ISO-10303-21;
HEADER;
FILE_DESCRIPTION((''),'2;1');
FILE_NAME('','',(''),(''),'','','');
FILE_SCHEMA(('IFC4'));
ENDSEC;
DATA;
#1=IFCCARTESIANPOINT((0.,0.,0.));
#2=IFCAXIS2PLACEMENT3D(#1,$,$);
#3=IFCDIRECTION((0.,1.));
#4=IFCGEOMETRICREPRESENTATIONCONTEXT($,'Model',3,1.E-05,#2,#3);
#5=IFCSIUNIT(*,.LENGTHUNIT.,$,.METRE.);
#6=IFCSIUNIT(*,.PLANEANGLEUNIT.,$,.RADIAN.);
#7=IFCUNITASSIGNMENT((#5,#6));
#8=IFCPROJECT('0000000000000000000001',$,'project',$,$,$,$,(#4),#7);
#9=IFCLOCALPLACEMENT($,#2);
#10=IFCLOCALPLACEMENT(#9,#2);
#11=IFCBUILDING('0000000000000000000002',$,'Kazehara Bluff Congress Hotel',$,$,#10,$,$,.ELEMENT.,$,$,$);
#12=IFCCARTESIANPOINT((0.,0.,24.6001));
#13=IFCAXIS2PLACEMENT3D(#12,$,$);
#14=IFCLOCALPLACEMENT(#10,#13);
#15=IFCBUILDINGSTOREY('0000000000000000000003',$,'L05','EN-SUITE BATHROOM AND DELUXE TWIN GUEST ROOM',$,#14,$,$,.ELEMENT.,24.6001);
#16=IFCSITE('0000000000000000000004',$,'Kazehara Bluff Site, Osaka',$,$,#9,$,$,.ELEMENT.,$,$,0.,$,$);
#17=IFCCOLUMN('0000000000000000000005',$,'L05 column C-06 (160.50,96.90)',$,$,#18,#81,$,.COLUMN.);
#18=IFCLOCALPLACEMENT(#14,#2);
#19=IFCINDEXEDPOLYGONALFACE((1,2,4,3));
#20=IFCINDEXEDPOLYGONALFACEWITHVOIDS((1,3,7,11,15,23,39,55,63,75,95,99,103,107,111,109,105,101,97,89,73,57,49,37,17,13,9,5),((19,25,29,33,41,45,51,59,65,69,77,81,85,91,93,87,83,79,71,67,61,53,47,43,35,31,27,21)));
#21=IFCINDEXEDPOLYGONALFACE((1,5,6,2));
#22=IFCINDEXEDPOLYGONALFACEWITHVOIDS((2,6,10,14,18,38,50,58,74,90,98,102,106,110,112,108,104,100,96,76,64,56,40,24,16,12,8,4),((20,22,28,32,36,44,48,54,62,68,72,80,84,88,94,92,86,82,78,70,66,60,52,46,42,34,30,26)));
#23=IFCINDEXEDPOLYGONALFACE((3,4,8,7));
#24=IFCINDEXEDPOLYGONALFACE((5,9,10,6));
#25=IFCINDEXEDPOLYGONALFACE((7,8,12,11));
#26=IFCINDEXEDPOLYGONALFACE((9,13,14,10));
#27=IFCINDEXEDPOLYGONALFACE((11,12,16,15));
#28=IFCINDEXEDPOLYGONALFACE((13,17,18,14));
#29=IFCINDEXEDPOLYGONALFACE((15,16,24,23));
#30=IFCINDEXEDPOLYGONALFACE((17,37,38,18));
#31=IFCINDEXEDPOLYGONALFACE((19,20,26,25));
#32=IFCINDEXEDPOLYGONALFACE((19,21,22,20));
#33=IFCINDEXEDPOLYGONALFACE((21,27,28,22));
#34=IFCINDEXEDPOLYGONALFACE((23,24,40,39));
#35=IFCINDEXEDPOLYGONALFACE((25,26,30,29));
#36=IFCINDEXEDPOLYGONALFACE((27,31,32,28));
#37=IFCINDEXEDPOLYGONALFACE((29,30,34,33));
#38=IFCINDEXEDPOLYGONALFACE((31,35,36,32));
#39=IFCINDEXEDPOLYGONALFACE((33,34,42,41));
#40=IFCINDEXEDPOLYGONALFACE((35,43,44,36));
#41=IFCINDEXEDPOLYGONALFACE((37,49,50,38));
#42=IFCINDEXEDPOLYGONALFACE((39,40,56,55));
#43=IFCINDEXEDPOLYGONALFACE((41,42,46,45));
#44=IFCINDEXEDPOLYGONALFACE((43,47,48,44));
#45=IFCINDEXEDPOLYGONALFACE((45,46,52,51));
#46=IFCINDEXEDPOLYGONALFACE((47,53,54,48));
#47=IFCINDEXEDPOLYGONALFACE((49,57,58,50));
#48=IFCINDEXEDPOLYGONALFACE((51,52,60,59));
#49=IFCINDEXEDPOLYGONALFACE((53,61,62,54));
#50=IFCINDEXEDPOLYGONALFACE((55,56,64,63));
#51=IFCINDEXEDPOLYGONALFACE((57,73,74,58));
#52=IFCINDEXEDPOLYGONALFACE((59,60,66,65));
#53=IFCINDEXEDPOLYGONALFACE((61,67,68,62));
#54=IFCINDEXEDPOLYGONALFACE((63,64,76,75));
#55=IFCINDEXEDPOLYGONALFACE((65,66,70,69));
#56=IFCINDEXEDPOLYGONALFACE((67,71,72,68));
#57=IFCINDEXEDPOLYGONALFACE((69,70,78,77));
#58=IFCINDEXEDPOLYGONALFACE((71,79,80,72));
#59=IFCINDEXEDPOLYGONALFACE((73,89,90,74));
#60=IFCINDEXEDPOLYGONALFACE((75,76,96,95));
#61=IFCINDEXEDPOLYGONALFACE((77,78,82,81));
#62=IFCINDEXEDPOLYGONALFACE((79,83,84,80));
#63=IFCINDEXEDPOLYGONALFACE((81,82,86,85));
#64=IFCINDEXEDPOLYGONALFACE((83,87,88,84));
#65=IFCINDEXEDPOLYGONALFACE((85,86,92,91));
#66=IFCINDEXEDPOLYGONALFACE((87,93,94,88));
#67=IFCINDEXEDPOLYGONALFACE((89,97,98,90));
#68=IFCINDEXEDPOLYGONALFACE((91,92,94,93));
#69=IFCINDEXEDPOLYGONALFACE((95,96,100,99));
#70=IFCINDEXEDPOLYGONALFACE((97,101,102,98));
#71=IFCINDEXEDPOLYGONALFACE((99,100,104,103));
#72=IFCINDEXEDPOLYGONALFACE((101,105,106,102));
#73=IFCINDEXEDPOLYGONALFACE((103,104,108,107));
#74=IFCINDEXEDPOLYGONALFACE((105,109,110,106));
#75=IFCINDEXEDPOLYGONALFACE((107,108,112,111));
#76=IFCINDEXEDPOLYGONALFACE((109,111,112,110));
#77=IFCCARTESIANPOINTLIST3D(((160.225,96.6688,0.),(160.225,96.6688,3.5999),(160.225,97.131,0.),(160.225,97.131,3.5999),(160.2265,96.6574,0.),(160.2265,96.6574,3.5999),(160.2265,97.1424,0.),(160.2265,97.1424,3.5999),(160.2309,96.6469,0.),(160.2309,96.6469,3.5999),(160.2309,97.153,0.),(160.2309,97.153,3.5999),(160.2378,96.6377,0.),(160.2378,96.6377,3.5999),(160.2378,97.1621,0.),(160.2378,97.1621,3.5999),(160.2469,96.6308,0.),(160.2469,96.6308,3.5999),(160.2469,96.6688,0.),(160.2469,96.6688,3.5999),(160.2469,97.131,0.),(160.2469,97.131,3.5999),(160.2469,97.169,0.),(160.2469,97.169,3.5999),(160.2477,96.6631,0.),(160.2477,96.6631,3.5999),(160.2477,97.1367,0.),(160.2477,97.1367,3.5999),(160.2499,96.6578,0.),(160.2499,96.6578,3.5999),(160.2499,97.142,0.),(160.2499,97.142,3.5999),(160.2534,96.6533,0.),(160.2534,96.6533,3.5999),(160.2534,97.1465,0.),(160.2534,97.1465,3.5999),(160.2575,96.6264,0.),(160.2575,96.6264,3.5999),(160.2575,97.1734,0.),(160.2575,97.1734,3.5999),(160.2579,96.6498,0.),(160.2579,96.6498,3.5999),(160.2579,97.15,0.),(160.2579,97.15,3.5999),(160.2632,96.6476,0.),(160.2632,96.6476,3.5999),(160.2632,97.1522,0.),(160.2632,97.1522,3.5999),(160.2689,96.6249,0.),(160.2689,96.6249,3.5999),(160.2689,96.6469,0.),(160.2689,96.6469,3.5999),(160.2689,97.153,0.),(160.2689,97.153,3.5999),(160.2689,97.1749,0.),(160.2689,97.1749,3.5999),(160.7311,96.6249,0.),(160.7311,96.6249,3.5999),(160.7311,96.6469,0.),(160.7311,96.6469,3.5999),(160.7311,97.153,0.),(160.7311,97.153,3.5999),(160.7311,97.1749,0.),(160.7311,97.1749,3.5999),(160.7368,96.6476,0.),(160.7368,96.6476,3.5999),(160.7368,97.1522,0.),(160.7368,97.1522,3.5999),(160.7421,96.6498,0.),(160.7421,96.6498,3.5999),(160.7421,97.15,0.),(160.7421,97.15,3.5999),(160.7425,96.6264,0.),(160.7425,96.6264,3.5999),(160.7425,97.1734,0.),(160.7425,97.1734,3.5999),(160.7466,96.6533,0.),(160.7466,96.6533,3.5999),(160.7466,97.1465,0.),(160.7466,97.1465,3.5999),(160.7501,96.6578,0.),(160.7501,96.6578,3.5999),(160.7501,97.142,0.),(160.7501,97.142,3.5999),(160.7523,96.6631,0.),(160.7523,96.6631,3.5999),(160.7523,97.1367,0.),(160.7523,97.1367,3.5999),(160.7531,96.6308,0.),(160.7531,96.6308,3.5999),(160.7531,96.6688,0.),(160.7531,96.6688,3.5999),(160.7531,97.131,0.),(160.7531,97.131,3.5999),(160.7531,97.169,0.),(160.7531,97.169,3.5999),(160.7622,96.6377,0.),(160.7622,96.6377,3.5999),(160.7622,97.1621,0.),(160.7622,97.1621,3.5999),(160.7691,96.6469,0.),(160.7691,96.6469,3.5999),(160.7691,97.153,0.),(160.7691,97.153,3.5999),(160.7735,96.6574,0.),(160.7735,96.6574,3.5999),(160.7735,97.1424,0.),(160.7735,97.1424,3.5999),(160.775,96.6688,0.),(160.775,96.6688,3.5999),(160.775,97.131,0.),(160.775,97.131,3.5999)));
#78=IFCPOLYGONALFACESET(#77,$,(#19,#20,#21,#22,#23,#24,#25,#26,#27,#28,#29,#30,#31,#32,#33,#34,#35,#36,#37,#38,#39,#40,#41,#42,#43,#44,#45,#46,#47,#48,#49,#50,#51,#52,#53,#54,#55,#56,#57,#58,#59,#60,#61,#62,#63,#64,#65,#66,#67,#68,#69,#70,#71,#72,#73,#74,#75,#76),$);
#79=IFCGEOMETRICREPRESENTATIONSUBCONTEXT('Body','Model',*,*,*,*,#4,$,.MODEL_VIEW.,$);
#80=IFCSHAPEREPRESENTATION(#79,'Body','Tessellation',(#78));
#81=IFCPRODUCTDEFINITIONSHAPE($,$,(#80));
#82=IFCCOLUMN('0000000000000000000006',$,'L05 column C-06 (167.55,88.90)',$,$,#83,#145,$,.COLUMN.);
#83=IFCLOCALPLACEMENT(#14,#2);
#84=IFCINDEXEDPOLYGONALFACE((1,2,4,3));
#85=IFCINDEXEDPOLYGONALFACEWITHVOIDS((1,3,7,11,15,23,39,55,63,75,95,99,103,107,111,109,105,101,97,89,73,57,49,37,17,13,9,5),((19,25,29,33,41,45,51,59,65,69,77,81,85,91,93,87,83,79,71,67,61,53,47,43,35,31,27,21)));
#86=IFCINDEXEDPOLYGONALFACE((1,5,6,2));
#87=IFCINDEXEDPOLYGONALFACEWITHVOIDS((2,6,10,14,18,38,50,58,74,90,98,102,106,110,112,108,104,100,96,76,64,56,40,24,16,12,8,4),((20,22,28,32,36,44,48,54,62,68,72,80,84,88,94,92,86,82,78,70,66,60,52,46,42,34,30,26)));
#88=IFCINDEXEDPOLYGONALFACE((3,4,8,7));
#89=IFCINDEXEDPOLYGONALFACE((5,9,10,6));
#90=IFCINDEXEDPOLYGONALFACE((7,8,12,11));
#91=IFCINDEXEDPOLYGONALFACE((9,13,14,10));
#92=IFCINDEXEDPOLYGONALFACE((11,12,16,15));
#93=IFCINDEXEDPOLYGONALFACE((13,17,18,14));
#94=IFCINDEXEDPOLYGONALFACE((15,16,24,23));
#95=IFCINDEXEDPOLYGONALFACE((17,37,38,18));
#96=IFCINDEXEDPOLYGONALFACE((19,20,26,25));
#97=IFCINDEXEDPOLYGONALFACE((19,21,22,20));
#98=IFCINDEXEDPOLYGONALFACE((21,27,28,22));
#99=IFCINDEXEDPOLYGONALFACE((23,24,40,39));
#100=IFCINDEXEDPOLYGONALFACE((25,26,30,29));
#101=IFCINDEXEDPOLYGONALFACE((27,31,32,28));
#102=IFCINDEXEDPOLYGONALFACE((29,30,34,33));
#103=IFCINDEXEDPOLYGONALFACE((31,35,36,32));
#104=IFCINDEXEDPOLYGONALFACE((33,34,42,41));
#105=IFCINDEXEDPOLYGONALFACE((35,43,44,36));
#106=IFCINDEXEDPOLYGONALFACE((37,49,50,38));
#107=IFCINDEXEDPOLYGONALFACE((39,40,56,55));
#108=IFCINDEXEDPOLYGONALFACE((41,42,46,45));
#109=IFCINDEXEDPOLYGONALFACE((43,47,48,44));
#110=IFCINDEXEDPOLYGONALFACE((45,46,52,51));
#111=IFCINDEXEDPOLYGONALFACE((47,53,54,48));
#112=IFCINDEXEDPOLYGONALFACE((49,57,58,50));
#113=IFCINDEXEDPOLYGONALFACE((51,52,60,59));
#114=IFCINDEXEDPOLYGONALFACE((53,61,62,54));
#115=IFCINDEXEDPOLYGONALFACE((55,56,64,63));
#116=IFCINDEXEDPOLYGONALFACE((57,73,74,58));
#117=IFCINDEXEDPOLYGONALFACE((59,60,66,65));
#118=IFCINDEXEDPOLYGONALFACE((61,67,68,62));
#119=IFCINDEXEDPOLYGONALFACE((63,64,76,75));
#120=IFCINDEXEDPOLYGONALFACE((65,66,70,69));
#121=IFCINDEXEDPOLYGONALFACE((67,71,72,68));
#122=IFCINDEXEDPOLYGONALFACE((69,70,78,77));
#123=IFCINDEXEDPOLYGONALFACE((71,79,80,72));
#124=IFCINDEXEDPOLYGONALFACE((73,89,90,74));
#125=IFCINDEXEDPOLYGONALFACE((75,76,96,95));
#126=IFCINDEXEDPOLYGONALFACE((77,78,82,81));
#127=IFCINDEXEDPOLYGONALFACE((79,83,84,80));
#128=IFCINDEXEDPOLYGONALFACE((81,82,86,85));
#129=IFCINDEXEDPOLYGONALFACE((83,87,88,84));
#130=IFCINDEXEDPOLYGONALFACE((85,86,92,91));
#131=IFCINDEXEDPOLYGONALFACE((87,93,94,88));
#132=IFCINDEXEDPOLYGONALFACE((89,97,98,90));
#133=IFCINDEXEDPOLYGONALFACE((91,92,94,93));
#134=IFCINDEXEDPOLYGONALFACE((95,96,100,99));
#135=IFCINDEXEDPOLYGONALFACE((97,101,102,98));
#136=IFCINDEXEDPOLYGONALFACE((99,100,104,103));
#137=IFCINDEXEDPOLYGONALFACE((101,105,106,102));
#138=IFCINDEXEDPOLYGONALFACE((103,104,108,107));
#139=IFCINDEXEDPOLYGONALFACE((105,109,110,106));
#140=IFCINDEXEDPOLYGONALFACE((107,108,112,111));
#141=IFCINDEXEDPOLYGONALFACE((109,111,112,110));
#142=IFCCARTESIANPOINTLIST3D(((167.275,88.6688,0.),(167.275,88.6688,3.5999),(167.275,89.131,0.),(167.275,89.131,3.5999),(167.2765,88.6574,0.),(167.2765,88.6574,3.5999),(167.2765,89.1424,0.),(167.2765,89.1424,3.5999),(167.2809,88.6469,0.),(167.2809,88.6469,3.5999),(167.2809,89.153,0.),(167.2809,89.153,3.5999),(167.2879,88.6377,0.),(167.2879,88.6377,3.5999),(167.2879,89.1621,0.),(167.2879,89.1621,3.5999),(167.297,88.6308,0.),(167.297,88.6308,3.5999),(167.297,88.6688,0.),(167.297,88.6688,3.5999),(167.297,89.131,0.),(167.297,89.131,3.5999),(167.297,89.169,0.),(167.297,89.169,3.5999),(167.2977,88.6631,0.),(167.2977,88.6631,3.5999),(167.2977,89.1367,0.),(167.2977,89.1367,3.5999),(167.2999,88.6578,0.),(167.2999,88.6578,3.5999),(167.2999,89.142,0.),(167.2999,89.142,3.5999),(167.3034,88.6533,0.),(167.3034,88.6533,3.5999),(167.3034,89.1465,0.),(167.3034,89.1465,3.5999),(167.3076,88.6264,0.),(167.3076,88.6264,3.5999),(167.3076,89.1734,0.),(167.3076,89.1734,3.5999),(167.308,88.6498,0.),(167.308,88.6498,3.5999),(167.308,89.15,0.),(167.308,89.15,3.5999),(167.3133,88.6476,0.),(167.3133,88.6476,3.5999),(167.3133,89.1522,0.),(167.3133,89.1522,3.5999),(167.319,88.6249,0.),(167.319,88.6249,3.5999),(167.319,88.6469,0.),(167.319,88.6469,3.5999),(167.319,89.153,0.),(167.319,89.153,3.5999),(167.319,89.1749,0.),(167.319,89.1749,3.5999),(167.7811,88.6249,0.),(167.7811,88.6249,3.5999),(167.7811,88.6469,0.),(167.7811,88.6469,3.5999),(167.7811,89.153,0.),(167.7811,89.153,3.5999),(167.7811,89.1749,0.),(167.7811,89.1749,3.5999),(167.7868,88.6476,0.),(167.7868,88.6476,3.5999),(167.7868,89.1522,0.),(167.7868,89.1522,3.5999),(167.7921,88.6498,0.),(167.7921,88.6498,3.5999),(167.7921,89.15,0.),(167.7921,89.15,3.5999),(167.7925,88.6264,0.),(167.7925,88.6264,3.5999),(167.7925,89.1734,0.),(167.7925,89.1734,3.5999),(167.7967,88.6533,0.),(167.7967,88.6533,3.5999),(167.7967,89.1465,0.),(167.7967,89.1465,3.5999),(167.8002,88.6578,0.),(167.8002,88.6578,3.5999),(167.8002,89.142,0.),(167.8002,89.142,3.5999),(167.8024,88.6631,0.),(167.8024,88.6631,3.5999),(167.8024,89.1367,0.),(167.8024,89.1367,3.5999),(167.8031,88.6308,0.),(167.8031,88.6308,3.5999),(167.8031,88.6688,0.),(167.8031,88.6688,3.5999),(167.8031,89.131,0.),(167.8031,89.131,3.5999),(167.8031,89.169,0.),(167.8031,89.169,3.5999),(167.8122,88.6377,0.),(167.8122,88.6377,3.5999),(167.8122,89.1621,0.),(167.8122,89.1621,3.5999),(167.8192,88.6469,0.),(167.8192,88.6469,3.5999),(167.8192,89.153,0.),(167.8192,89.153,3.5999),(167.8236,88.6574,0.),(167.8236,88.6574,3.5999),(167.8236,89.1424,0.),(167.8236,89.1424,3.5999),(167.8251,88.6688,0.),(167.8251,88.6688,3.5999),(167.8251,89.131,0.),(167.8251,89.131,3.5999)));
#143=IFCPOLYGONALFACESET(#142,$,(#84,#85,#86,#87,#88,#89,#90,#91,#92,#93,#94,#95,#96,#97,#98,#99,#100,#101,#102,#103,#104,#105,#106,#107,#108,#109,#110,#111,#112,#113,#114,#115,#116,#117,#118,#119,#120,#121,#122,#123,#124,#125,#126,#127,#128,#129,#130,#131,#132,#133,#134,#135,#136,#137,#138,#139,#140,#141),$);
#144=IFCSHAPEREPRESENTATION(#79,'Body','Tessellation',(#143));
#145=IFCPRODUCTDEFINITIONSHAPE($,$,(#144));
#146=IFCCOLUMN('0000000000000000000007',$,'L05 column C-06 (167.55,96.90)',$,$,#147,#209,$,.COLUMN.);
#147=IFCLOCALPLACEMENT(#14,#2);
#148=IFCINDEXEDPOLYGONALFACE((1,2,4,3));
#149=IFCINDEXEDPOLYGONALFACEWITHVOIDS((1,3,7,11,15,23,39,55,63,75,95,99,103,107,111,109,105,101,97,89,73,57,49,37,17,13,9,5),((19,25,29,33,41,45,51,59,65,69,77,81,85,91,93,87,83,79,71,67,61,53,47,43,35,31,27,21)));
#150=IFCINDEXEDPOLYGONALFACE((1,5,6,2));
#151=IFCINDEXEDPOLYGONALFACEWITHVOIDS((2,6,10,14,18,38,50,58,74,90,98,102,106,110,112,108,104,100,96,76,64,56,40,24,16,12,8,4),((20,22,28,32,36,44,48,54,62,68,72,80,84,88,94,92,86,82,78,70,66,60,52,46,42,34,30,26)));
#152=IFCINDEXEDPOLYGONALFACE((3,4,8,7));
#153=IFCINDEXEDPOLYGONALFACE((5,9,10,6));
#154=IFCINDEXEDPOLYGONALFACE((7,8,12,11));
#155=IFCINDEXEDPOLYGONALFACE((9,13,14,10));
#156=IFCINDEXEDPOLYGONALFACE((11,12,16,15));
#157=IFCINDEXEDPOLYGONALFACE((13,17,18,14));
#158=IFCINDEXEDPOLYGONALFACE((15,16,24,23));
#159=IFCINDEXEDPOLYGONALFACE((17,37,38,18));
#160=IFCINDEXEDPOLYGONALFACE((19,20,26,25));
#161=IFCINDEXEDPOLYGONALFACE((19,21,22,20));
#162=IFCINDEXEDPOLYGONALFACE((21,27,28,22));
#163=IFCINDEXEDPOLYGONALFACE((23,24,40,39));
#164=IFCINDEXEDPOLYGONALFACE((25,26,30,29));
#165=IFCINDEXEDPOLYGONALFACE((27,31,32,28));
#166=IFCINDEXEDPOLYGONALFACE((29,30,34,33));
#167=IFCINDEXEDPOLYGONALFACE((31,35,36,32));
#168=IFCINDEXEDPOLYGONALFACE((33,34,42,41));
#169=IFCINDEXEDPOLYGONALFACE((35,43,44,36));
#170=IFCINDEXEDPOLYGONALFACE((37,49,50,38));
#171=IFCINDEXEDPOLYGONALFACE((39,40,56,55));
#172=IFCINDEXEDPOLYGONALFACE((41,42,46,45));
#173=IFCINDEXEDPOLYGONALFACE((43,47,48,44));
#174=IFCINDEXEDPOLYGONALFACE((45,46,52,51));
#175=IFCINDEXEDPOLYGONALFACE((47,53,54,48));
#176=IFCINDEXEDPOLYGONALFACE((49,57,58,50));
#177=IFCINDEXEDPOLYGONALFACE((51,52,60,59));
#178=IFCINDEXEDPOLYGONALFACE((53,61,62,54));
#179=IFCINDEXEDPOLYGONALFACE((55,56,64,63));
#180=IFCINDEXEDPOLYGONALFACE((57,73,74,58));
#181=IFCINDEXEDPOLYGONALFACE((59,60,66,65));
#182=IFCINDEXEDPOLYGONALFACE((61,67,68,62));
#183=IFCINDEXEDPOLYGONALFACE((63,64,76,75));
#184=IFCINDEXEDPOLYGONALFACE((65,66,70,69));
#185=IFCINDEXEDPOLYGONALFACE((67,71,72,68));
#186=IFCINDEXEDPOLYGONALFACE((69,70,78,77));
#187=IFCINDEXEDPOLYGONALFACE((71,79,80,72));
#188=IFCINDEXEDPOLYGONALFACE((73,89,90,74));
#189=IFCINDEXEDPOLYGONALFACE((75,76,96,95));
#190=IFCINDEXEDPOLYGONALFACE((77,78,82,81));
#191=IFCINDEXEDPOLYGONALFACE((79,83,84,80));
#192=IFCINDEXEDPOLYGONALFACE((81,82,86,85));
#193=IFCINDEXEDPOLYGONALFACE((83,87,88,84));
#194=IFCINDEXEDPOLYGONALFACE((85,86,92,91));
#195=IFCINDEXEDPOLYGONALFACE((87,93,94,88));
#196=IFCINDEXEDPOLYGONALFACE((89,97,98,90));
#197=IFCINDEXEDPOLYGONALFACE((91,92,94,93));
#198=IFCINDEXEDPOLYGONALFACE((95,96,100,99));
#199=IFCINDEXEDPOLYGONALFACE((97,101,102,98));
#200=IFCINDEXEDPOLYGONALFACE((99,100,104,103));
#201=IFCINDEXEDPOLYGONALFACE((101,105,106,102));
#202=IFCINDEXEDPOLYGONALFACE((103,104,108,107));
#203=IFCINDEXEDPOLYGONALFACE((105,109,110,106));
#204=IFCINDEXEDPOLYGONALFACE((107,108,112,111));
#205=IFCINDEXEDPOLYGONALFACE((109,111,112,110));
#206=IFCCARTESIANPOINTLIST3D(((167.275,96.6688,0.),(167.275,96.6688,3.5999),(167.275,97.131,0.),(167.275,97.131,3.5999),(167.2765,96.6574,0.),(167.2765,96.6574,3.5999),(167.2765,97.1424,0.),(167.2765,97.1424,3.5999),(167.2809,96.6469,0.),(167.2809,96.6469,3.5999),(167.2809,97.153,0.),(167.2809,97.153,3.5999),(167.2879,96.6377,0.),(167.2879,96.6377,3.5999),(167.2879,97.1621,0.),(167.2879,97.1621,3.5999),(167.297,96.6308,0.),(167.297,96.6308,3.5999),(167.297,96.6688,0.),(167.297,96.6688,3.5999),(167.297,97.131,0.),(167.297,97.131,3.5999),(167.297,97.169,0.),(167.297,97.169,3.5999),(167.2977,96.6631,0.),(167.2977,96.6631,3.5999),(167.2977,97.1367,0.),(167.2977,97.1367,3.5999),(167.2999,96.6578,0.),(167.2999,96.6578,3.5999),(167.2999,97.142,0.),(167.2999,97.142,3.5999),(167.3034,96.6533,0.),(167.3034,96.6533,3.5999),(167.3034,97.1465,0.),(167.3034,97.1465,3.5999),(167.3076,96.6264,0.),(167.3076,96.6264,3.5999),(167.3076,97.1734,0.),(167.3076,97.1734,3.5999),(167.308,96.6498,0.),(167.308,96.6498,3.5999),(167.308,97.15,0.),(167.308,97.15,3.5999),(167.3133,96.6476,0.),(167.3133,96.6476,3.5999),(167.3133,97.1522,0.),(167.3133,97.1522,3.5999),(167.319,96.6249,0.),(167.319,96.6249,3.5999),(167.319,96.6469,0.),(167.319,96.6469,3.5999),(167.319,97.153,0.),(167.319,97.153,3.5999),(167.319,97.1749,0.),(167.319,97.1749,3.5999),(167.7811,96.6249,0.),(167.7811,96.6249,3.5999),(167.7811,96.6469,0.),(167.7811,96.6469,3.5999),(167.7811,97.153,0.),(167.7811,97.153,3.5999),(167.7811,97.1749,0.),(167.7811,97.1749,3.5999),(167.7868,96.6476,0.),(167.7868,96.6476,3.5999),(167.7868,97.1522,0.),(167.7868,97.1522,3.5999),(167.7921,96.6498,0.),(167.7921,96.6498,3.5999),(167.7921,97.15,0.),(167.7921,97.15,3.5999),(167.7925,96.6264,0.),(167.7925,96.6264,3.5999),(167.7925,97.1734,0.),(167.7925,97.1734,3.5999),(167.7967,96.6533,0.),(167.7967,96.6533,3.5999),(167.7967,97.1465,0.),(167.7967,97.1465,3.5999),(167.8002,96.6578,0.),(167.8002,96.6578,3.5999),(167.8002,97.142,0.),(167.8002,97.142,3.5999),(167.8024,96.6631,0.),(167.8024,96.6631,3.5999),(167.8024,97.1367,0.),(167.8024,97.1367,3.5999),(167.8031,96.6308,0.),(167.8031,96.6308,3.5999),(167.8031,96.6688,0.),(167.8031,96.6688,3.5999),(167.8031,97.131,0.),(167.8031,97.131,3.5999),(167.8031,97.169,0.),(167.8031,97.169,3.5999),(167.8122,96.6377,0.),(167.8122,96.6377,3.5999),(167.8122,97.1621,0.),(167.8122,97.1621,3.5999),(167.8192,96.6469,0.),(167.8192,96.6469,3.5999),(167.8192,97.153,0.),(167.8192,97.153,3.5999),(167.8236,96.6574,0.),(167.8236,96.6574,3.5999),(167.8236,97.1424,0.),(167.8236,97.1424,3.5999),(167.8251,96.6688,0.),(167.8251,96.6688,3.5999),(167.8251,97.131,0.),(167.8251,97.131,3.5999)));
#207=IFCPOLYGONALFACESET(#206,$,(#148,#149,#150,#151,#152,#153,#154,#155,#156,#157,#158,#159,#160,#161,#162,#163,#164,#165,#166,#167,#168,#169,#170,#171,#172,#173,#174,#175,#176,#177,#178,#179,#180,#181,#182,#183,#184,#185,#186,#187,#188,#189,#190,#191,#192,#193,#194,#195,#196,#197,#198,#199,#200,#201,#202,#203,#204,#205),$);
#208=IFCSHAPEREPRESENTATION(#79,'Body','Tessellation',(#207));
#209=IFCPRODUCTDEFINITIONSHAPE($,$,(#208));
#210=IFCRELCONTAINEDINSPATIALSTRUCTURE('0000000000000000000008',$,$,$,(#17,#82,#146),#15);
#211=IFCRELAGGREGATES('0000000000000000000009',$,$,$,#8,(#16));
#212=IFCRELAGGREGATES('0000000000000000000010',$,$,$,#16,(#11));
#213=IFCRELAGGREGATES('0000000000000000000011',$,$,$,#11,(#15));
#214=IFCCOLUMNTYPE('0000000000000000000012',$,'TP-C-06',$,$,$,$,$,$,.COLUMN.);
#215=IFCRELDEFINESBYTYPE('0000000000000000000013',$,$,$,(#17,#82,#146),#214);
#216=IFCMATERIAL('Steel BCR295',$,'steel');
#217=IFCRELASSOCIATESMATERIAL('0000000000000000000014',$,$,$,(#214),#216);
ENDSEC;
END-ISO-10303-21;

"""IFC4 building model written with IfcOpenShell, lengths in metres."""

from ifc_helpers import new_model, si_unit, direction, frame, origin, origin_2d, place, context, subcontext, project, spatial, hollow_rectangle, extrude, material, material_profile, profile_set, type_object, element, save


model = new_model("IFC4")

# Units and contexts
model_context = context("Model", 3, precision=1e-05, world=origin(), true_north=direction((0.0, 1.0)))
body_context = subcontext(model_context, "Body", "Model", "MODEL_VIEW")
ifc_project = project(units=[si_unit("LENGTHUNIT", "METRE"), si_unit("PLANEANGLEUNIT", "RADIAN")], contexts=[model_context])

# Site, building, storey
site_placement = place(None, origin())
site = spatial("IfcSite", under=ifc_project, at=site_placement, Name="Kazehara Bluff Site, Osaka", CompositionType="ELEMENT", RefElevation=0.0)
building_placement = place(site_placement, origin())
building = spatial("IfcBuilding", under=site, at=building_placement, Name="Kazehara Bluff Congress Hotel", CompositionType="ELEMENT")
storey_placement = place(building_placement, frame((0.0, 0.0, 24.6001)))
storey = spatial("IfcBuildingStorey", under=building, at=storey_placement, Name="L05", Description="EN-SUITE BATHROOM AND DELUXE TWIN GUEST ROOM", CompositionType="ELEMENT", Elevation=24.6001)

# Columns
ifc_material_1 = material(Name="Steel BCR295", Category="steel")
ifc_material_profile_1 = material_profile(ifc_material_1, hollow_rectangle(XDim=0.55, YDim=0.55, WallThickness=0.022, InnerFilletRadius=0.022, OuterFilletRadius=0.0439, at=origin_2d()))
ifc_profile_set_1 = profile_set([ifc_material_profile_1], Name="Steel BCR295")
column_type = type_object("IfcColumnType", Name="TP-C-06", PredefinedType="COLUMN", material=ifc_profile_set_1)
for number, where, z_axis, x_axis, name in (
    (1, (160.5, 96.8999, 0.0), (0.0, 0.0, 1.0), (1.0, 0.0, 0.0), "L05 column C-06 (160.50,96.90)"),
    (2, (167.55, 88.8999, 0.0), (0.0, 0.0, 1.0), (1.0, 0.0, 0.0), "L05 column C-06 (167.55,88.90)"),
    (3, (167.55, 96.8999, 0.0), (0.0, 0.0, 1.0), (1.0, 0.0, 0.0), "L05 column C-06 (167.55,96.90)"),
):
    element("IfcColumn", number, at=place(storey_placement, frame(where, z_axis=z_axis, x_axis=x_axis)), inside=storey, type_object=column_type, Name=name, PredefinedType="COLUMN", context=body_context, shape_type="SweptSolid", body=[
        extrude(hollow_rectangle(XDim=0.55, YDim=0.55, WallThickness=0.022, InnerFilletRadius=0.022, OuterFilletRadius=0.0439, at=origin_2d()), origin(), (0.0, 0.0, 1.0), 3.5999),
    ])

save(model, "model.ifc")
